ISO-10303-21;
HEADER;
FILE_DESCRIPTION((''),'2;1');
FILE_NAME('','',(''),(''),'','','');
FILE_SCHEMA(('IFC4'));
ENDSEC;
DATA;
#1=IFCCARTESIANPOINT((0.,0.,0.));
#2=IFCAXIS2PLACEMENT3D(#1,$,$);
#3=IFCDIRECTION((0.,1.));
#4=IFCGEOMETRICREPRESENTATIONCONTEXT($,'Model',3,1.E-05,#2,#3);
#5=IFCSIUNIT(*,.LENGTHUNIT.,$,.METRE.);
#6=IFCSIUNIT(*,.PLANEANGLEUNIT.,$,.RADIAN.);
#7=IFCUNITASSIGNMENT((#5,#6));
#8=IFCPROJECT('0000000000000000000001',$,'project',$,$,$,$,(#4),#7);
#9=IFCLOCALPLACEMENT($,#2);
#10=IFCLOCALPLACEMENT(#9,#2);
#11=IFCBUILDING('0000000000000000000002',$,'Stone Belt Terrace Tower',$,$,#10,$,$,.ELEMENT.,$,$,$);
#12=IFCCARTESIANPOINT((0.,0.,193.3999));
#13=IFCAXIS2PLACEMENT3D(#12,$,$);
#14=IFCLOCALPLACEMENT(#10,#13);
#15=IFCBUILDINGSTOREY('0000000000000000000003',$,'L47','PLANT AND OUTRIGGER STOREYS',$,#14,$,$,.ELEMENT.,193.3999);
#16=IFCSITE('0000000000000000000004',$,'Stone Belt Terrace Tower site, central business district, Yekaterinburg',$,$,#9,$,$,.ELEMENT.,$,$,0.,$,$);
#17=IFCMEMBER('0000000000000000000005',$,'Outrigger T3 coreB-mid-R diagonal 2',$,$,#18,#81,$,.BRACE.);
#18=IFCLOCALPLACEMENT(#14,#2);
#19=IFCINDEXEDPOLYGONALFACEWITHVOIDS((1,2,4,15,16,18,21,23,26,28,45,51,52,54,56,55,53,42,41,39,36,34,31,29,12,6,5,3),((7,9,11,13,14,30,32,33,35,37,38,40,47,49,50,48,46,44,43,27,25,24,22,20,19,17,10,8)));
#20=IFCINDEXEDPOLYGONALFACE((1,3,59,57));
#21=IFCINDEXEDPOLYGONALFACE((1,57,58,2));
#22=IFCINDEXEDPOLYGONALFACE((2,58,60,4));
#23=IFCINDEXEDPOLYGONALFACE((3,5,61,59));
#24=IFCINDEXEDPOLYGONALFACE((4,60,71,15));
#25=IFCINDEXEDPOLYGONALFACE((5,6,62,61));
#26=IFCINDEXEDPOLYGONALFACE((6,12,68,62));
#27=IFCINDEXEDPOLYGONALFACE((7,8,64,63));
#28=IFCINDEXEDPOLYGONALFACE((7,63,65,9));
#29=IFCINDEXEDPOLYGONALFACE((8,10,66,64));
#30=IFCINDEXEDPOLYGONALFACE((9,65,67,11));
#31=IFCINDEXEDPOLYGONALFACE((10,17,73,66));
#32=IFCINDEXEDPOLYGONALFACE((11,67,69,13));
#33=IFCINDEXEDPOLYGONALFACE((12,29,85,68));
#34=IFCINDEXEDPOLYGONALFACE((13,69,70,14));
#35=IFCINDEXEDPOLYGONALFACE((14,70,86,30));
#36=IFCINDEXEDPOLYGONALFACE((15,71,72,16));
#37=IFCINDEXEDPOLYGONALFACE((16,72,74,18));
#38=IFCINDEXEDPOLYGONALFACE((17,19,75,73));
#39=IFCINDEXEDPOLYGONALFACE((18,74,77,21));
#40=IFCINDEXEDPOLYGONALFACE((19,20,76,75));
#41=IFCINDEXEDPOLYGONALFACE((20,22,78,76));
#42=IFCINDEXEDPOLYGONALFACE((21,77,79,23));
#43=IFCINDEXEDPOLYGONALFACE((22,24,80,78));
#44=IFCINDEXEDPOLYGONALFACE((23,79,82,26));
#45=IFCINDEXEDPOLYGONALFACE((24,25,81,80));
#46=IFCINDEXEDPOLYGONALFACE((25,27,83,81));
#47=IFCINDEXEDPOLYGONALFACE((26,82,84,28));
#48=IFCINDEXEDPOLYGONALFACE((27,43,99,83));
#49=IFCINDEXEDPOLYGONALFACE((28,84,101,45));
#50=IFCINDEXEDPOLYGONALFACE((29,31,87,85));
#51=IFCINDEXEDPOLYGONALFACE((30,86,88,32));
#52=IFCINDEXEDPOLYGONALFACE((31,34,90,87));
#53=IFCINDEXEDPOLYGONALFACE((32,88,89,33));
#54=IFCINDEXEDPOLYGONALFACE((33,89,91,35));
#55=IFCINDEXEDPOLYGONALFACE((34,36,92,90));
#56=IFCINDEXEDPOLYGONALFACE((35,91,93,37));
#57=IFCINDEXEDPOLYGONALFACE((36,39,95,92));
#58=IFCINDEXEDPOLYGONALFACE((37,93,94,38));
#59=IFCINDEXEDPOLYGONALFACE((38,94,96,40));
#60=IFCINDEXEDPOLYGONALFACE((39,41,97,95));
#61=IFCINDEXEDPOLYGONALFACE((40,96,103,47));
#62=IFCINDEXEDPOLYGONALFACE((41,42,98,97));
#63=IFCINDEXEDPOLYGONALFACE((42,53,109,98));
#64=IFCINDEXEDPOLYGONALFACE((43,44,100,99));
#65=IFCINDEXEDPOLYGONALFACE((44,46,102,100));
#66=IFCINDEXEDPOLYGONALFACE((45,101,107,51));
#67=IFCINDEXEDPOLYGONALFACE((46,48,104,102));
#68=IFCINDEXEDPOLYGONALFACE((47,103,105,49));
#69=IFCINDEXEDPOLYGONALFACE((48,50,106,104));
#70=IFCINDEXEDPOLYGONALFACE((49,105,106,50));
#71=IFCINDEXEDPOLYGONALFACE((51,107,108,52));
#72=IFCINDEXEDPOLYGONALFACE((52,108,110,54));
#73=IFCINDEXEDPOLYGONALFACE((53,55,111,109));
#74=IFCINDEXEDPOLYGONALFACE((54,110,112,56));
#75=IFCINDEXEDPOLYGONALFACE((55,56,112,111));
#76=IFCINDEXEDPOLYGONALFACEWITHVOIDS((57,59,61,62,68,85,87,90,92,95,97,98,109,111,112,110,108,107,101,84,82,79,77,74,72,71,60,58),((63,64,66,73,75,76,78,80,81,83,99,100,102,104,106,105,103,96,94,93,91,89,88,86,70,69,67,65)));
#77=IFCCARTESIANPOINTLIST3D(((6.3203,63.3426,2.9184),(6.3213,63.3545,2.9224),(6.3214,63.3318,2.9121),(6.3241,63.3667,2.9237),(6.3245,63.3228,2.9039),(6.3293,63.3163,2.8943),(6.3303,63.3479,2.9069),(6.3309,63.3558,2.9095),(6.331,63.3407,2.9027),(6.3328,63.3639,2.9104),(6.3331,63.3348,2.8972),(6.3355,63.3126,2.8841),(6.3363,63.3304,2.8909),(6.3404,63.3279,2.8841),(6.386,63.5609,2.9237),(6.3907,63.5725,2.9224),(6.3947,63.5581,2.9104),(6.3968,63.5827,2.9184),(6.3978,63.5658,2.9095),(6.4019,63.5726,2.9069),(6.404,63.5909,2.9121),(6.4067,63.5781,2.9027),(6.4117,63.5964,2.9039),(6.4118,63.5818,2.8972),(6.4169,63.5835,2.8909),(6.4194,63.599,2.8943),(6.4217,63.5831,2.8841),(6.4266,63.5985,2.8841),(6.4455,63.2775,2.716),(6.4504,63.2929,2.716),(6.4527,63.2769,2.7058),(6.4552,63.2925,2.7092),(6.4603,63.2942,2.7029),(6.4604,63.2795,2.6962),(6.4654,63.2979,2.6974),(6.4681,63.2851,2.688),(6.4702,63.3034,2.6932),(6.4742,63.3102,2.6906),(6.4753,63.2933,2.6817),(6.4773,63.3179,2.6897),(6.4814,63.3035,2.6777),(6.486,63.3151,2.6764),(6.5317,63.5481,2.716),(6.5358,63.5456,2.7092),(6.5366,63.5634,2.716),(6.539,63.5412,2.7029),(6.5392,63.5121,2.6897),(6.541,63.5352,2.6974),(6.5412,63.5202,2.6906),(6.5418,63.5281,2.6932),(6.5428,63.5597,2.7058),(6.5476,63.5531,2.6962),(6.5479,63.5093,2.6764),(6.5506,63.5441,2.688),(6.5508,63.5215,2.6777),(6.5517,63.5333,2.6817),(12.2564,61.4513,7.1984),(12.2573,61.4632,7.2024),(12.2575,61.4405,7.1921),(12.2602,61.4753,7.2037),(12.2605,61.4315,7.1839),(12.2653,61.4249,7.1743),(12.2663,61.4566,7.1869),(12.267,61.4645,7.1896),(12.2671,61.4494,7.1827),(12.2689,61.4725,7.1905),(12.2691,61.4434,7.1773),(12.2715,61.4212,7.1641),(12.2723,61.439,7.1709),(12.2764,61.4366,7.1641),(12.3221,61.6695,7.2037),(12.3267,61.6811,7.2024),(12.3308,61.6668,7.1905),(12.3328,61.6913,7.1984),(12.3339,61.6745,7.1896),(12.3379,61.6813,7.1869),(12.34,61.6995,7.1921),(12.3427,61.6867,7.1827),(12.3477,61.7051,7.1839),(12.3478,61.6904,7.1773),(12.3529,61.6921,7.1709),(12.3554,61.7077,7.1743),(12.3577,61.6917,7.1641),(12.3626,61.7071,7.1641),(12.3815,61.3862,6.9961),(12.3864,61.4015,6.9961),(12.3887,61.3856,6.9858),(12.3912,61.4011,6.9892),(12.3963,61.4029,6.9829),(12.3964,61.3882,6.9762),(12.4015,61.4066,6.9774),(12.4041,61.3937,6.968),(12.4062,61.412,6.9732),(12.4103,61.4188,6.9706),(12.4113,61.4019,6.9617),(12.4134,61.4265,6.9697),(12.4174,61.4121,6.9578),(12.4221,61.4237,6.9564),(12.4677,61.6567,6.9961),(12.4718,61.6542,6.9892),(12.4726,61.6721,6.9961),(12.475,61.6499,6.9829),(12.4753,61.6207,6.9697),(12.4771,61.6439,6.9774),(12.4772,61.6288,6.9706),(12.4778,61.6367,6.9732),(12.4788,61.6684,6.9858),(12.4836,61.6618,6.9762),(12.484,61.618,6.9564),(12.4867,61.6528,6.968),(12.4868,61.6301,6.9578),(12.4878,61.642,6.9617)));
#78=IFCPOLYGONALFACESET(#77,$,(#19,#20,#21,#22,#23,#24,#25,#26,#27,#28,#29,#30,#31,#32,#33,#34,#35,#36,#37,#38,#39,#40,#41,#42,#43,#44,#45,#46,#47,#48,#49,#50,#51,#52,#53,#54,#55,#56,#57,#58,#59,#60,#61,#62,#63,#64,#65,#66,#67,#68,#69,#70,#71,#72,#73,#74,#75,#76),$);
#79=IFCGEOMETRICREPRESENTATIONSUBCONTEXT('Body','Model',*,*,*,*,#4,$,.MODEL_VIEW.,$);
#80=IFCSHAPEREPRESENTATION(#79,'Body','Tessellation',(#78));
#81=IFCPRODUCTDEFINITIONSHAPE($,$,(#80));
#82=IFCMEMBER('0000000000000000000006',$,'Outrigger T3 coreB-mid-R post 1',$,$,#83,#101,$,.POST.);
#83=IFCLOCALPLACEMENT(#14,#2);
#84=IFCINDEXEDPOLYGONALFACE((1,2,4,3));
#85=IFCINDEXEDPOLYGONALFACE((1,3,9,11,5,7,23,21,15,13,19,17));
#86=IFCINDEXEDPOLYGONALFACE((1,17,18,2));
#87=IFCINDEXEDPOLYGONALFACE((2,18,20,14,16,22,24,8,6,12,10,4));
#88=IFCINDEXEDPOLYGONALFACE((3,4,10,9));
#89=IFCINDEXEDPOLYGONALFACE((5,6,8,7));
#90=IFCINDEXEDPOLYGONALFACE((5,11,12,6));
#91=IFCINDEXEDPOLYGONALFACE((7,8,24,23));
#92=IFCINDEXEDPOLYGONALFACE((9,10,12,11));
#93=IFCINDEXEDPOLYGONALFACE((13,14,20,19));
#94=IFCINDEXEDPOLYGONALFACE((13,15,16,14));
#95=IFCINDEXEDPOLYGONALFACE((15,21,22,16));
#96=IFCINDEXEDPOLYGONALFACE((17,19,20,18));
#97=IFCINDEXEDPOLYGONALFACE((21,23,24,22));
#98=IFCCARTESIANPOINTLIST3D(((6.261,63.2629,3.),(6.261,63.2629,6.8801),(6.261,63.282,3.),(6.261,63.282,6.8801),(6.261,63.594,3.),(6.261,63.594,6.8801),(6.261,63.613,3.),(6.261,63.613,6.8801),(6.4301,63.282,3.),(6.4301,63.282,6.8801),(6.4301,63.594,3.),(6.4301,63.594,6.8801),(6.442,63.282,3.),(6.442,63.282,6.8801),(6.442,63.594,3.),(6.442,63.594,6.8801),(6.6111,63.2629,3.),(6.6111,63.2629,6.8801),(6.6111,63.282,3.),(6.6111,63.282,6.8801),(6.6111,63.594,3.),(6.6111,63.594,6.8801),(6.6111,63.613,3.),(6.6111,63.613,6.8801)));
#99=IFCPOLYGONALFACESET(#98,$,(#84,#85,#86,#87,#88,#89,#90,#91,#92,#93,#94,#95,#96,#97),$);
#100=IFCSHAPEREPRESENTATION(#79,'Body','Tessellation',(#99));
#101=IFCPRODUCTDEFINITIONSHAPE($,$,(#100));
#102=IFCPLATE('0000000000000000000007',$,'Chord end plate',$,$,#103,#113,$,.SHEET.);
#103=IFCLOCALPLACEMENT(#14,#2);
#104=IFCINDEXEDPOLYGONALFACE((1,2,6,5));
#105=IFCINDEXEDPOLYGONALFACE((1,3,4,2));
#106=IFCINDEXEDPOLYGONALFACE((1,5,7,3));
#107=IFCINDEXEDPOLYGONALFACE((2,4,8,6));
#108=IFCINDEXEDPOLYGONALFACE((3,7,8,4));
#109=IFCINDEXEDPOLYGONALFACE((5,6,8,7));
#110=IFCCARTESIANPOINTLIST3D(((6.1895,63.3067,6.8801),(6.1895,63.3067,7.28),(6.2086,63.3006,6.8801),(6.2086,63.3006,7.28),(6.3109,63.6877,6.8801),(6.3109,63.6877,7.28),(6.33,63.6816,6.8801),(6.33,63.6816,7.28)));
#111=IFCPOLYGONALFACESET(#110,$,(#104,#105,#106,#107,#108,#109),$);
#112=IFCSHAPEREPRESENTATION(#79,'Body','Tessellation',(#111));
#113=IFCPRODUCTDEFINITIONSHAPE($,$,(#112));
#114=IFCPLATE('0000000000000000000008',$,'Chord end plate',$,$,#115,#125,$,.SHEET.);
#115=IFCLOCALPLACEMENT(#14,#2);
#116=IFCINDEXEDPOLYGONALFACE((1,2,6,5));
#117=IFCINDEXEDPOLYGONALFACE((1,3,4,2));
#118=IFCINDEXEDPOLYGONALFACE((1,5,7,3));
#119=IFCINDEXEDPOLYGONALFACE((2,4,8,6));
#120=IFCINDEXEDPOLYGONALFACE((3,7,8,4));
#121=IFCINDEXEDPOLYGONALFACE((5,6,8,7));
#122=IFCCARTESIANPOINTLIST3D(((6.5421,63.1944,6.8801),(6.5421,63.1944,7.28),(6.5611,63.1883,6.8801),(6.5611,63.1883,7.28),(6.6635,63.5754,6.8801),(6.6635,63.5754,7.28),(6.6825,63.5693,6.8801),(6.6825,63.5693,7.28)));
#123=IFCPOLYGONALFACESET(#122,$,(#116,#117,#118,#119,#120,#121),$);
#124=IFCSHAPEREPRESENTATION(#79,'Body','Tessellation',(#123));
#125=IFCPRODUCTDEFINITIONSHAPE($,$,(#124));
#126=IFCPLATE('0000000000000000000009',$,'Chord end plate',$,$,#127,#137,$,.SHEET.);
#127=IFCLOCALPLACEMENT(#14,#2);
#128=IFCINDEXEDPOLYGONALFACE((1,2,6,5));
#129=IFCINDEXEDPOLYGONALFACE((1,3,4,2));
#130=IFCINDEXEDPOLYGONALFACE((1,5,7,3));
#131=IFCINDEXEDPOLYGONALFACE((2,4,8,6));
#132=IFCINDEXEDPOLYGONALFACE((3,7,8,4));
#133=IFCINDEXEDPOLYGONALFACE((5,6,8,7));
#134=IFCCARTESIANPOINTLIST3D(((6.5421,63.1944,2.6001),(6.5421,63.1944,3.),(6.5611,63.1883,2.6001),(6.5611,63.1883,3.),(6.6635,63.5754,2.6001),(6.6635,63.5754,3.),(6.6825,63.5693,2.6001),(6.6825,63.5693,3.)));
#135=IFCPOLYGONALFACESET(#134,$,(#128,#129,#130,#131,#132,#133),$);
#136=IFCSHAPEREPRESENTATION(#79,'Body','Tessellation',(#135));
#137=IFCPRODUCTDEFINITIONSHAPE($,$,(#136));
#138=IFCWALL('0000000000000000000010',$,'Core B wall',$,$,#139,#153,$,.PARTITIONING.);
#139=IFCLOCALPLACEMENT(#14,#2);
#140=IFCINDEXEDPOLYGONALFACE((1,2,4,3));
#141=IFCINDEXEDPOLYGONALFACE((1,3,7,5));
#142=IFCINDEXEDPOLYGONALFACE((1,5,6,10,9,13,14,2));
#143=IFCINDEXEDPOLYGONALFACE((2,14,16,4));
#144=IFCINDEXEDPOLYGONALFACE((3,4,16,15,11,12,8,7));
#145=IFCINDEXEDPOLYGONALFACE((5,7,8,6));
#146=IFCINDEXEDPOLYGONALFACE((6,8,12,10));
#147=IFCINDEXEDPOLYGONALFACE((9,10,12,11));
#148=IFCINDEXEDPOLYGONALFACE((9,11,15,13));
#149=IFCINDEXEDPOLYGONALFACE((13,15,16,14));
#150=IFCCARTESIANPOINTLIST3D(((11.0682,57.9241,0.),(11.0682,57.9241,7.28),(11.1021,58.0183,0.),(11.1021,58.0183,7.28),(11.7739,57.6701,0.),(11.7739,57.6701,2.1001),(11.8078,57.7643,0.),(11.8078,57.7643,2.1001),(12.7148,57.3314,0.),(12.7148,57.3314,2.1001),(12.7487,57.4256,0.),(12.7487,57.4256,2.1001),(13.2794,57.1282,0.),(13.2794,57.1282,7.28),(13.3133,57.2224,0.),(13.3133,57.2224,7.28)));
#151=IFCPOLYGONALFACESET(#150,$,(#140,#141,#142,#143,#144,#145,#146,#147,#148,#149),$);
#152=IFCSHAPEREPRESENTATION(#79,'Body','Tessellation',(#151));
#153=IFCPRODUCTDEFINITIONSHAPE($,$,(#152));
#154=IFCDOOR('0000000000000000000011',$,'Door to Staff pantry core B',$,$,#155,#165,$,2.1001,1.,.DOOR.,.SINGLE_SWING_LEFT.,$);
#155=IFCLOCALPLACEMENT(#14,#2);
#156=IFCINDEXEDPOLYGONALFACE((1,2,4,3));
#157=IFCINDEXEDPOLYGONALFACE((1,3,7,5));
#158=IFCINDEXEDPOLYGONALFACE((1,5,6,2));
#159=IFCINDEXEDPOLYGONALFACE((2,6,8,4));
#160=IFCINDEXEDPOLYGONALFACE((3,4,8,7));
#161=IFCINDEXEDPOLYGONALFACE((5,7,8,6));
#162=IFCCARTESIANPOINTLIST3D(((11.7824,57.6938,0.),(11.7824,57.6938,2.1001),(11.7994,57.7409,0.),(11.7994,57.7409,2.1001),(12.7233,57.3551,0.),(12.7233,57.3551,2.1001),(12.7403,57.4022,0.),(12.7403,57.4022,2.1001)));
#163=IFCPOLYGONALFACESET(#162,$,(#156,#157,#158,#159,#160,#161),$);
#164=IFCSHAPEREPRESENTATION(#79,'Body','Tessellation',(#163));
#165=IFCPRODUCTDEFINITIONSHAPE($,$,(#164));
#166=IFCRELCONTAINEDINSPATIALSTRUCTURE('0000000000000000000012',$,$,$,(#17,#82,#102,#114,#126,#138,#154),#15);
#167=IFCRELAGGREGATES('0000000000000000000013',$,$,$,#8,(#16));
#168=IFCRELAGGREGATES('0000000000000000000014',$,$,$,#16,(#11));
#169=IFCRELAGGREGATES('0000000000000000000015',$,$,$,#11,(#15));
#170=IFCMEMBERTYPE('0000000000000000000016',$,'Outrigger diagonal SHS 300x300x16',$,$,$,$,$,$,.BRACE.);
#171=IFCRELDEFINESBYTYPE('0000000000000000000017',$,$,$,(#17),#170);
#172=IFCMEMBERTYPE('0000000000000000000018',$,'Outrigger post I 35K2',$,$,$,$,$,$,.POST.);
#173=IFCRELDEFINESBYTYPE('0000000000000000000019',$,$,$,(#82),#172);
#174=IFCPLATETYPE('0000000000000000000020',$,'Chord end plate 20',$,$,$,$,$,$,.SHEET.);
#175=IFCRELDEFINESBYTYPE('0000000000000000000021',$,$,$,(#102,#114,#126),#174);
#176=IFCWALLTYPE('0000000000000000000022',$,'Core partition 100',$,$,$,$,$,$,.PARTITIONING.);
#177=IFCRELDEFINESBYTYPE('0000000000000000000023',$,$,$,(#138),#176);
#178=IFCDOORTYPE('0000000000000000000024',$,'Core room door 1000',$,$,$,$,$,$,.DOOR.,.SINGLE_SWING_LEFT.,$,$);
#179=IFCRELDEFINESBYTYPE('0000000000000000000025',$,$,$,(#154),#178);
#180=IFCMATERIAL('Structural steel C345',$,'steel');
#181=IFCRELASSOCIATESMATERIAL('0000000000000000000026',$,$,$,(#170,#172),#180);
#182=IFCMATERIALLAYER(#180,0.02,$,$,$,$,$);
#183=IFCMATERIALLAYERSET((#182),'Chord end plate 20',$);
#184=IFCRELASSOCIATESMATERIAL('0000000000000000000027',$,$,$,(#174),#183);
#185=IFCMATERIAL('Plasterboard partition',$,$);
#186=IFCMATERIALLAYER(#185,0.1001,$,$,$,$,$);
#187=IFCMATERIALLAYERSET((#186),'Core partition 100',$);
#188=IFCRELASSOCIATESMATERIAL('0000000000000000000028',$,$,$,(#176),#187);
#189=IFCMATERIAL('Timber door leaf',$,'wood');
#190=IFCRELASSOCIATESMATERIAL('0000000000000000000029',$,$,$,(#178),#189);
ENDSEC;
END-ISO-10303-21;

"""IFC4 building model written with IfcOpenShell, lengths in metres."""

from ifc_helpers import new_model, si_unit, direction, frame, frame_2d, origin, origin_2d, place, context, subcontext, project, spatial, rectangle, hollow_rectangle, i_section, extrude, material, layer, layer_set, material_profile, profile_set, type_object, element, fill, save


model = new_model("IFC4")

# Units and contexts
model_context = context("Model", 3, precision=1e-05, world=origin(), true_north=direction((0.0, 1.0)))
body_context = subcontext(model_context, "Body", "Model", "MODEL_VIEW")
ifc_project = project(units=[si_unit("LENGTHUNIT", "METRE"), si_unit("PLANEANGLEUNIT", "RADIAN")], contexts=[model_context])

# Site, building, storey
site_placement = place(None, origin())
site = spatial("IfcSite", under=ifc_project, at=site_placement, Name="Stone Belt Terrace Tower site, central business district, Yekaterinburg", CompositionType="ELEMENT", RefElevation=0.0)
building_placement = place(site_placement, origin())
building = spatial("IfcBuilding", under=site, at=building_placement, Name="Stone Belt Terrace Tower", CompositionType="ELEMENT")
storey_placement = place(building_placement, frame((0.0, 0.0, 193.3999)))
storey = spatial("IfcBuildingStorey", under=building, at=storey_placement, Name="L47", Description="PLANT AND OUTRIGGER STOREYS", CompositionType="ELEMENT", Elevation=193.3999)

# Members
ifc_material_1 = material(Name="Structural steel C345", Category="steel")
ifc_material_profile_1 = material_profile(ifc_material_1, hollow_rectangle(XDim=0.3, YDim=0.3, WallThickness=0.0161, InnerFilletRadius=0.032, OuterFilletRadius=0.0481, at=origin_2d()), Name="SHS 300x300x16")
ifc_profile_set_1 = profile_set([ifc_material_profile_1], Name="Structural steel C345")
member_type_1 = type_object("IfcMemberType", Name="Outrigger diagonal SHS 300x300x16", PredefinedType="BRACE", material=ifc_profile_set_1)
member_1_placement = place(storey_placement, frame((6.436, 63.438, 2.8), z_axis=(0.785336, -0.250226, 0.566246), x_axis=(0.303585, 0.952804, 0.0)))
element("IfcMember", 1, at=member_1_placement, inside=storey, type_object=member_type_1, Name="Outrigger T3 coreB-mid-R diagonal 2", PredefinedType="BRACE", context=body_context, shape_type="SweptSolid", body=[
    extrude(hollow_rectangle(XDim=0.3, YDim=0.3, WallThickness=0.0161, InnerFilletRadius=0.032, OuterFilletRadius=0.0481, at=origin_2d()), origin(), (0.0, 0.0, 1.0), 7.5586),
])
ifc_material_profile_2 = material_profile(ifc_material_1, i_section(OverallWidth=0.3501, OverallDepth=0.3501, WebThickness=0.012, FlangeThickness=0.019, at=origin_2d()), Name="I 35K2")
ifc_profile_set_2 = profile_set([ifc_material_profile_2], Name="Structural steel C345")
member_type_2 = type_object("IfcMemberType", Name="Outrigger post I 35K2", PredefinedType="POST", material=ifc_profile_set_2)
member_2_placement = place(storey_placement, frame((6.436, 63.438, 3.0), z_axis=(0.0, 0.0, 1.0), x_axis=(1.0, 0.0, 0.0)))
element("IfcMember", 2, at=member_2_placement, inside=storey, type_object=member_type_2, Name="Outrigger T3 coreB-mid-R post 1", PredefinedType="POST", context=body_context, shape_type="SweptSolid", body=[
    extrude(i_section(OverallWidth=0.3501, OverallDepth=0.3501, WebThickness=0.012, FlangeThickness=0.019, at=origin_2d()), origin(), (0.0, 0.0, 1.0), 3.8801),
])

# Plates
ifc_layer_1 = layer(ifc_material_1, 0.02)
ifc_layer_set_1 = layer_set([ifc_layer_1], Name="Chord end plate 20")
plate_type = type_object("IfcPlateType", Name="Chord end plate 20", PredefinedType="SHEET", material=ifc_layer_set_1)
for number, where, z_axis, x_axis, name in (
    (3, (6.2598, 63.4941, 6.8801), (0.0, 0.0, 1.0), (0.952799, -0.303602, 0.0), "Chord end plate"),
    (4, (6.6123, 63.3818, 6.8801), (0.0, 0.0, 1.0), (-0.952799, 0.303602, 0.0), "Chord end plate"),
    (5, (6.6123, 63.3818, 2.6001), (0.0, 0.0, 1.0), (-0.952799, 0.303602, 0.0), "Chord end plate"),
):
    element("IfcPlate", number, at=place(storey_placement, frame(where, z_axis=z_axis, x_axis=x_axis)), inside=storey, type_object=plate_type, Name=name, PredefinedType="SHEET", context=body_context, shape_type="SweptSolid", body=[
        extrude(rectangle(XDim=0.02, YDim=0.3999, at=origin_2d()), origin(), (0.0, 0.0, 1.0), 0.3999),
    ])

# Wall, opening, door
ifc_material_2 = material(Name="Plasterboard partition")
ifc_layer_2 = layer(ifc_material_2, 0.1001)
ifc_layer_set_2 = layer_set([ifc_layer_2], Name="Core partition 100")
wall_type_1 = type_object("IfcWallType", Name="Core partition 100", PredefinedType="PARTITIONING", material=ifc_layer_set_2)
wall_1_placement = place(storey_placement, frame((13.2964, 57.1753, 0.0), z_axis=(0.0, 0.0, 1.0), x_axis=(-0.940905, 0.338672, 0.0)))
wall_1 = element("IfcWall", 6, at=wall_1_placement, inside=storey, type_object=wall_type_1, Name="Core B wall", PredefinedType="PARTITIONING", context=body_context, shape_type="SweptSolid", body=[
    extrude(rectangle(XDim=2.3501, YDim=0.1001, at=frame_2d((1.175, 0.0))), origin(), (0.0, 0.0, 1.0), 7.28),
])
opening_1_placement = place(wall_1_placement, frame((0.6001, 0.0, 0.0)))
opening_1 = element("IfcOpeningElement", 7, at=opening_1_placement, cuts=wall_1, PredefinedType="OPENING", context=body_context, shape_type="SweptSolid", body=[
    extrude(rectangle(XDim=1.0, YDim=2.1001, at=frame_2d((0.5, 1.05))), frame((0.0, 0.0601, 0.0), z_axis=(0.0, -1.0, 0.0), x_axis=(1.0, 0.0, 0.0)), (0.0, 0.0, 1.0), 0.1201),
])
ifc_material_3 = material(Name="Timber door leaf", Category="wood")
door_type_1 = type_object("IfcDoorType", Name="Core room door 1000", OperationType="SINGLE_SWING_LEFT", PredefinedType="DOOR", material=ifc_material_3)
door_1_placement = place(opening_1_placement, origin())
door_1 = element("IfcDoor", 8, at=door_1_placement, inside=storey, type_object=door_type_1, Name="Door to Staff pantry core B", OperationType="SINGLE_SWING_LEFT", OverallHeight=2.1001, OverallWidth=1.0, PredefinedType="DOOR", context=body_context, shape_type="SweptSolid", body=[
    extrude(rectangle(XDim=1.0, YDim=2.1001, at=frame_2d((0.5, 1.05))), frame((0.0, 0.0249, 0.0), z_axis=(0.0, -1.0, 0.0), x_axis=(1.0, 0.0, 0.0)), (0.0, 0.0, 1.0), 0.05),
])
fill(opening_1, door_1)

save(model, "model.ifc")
